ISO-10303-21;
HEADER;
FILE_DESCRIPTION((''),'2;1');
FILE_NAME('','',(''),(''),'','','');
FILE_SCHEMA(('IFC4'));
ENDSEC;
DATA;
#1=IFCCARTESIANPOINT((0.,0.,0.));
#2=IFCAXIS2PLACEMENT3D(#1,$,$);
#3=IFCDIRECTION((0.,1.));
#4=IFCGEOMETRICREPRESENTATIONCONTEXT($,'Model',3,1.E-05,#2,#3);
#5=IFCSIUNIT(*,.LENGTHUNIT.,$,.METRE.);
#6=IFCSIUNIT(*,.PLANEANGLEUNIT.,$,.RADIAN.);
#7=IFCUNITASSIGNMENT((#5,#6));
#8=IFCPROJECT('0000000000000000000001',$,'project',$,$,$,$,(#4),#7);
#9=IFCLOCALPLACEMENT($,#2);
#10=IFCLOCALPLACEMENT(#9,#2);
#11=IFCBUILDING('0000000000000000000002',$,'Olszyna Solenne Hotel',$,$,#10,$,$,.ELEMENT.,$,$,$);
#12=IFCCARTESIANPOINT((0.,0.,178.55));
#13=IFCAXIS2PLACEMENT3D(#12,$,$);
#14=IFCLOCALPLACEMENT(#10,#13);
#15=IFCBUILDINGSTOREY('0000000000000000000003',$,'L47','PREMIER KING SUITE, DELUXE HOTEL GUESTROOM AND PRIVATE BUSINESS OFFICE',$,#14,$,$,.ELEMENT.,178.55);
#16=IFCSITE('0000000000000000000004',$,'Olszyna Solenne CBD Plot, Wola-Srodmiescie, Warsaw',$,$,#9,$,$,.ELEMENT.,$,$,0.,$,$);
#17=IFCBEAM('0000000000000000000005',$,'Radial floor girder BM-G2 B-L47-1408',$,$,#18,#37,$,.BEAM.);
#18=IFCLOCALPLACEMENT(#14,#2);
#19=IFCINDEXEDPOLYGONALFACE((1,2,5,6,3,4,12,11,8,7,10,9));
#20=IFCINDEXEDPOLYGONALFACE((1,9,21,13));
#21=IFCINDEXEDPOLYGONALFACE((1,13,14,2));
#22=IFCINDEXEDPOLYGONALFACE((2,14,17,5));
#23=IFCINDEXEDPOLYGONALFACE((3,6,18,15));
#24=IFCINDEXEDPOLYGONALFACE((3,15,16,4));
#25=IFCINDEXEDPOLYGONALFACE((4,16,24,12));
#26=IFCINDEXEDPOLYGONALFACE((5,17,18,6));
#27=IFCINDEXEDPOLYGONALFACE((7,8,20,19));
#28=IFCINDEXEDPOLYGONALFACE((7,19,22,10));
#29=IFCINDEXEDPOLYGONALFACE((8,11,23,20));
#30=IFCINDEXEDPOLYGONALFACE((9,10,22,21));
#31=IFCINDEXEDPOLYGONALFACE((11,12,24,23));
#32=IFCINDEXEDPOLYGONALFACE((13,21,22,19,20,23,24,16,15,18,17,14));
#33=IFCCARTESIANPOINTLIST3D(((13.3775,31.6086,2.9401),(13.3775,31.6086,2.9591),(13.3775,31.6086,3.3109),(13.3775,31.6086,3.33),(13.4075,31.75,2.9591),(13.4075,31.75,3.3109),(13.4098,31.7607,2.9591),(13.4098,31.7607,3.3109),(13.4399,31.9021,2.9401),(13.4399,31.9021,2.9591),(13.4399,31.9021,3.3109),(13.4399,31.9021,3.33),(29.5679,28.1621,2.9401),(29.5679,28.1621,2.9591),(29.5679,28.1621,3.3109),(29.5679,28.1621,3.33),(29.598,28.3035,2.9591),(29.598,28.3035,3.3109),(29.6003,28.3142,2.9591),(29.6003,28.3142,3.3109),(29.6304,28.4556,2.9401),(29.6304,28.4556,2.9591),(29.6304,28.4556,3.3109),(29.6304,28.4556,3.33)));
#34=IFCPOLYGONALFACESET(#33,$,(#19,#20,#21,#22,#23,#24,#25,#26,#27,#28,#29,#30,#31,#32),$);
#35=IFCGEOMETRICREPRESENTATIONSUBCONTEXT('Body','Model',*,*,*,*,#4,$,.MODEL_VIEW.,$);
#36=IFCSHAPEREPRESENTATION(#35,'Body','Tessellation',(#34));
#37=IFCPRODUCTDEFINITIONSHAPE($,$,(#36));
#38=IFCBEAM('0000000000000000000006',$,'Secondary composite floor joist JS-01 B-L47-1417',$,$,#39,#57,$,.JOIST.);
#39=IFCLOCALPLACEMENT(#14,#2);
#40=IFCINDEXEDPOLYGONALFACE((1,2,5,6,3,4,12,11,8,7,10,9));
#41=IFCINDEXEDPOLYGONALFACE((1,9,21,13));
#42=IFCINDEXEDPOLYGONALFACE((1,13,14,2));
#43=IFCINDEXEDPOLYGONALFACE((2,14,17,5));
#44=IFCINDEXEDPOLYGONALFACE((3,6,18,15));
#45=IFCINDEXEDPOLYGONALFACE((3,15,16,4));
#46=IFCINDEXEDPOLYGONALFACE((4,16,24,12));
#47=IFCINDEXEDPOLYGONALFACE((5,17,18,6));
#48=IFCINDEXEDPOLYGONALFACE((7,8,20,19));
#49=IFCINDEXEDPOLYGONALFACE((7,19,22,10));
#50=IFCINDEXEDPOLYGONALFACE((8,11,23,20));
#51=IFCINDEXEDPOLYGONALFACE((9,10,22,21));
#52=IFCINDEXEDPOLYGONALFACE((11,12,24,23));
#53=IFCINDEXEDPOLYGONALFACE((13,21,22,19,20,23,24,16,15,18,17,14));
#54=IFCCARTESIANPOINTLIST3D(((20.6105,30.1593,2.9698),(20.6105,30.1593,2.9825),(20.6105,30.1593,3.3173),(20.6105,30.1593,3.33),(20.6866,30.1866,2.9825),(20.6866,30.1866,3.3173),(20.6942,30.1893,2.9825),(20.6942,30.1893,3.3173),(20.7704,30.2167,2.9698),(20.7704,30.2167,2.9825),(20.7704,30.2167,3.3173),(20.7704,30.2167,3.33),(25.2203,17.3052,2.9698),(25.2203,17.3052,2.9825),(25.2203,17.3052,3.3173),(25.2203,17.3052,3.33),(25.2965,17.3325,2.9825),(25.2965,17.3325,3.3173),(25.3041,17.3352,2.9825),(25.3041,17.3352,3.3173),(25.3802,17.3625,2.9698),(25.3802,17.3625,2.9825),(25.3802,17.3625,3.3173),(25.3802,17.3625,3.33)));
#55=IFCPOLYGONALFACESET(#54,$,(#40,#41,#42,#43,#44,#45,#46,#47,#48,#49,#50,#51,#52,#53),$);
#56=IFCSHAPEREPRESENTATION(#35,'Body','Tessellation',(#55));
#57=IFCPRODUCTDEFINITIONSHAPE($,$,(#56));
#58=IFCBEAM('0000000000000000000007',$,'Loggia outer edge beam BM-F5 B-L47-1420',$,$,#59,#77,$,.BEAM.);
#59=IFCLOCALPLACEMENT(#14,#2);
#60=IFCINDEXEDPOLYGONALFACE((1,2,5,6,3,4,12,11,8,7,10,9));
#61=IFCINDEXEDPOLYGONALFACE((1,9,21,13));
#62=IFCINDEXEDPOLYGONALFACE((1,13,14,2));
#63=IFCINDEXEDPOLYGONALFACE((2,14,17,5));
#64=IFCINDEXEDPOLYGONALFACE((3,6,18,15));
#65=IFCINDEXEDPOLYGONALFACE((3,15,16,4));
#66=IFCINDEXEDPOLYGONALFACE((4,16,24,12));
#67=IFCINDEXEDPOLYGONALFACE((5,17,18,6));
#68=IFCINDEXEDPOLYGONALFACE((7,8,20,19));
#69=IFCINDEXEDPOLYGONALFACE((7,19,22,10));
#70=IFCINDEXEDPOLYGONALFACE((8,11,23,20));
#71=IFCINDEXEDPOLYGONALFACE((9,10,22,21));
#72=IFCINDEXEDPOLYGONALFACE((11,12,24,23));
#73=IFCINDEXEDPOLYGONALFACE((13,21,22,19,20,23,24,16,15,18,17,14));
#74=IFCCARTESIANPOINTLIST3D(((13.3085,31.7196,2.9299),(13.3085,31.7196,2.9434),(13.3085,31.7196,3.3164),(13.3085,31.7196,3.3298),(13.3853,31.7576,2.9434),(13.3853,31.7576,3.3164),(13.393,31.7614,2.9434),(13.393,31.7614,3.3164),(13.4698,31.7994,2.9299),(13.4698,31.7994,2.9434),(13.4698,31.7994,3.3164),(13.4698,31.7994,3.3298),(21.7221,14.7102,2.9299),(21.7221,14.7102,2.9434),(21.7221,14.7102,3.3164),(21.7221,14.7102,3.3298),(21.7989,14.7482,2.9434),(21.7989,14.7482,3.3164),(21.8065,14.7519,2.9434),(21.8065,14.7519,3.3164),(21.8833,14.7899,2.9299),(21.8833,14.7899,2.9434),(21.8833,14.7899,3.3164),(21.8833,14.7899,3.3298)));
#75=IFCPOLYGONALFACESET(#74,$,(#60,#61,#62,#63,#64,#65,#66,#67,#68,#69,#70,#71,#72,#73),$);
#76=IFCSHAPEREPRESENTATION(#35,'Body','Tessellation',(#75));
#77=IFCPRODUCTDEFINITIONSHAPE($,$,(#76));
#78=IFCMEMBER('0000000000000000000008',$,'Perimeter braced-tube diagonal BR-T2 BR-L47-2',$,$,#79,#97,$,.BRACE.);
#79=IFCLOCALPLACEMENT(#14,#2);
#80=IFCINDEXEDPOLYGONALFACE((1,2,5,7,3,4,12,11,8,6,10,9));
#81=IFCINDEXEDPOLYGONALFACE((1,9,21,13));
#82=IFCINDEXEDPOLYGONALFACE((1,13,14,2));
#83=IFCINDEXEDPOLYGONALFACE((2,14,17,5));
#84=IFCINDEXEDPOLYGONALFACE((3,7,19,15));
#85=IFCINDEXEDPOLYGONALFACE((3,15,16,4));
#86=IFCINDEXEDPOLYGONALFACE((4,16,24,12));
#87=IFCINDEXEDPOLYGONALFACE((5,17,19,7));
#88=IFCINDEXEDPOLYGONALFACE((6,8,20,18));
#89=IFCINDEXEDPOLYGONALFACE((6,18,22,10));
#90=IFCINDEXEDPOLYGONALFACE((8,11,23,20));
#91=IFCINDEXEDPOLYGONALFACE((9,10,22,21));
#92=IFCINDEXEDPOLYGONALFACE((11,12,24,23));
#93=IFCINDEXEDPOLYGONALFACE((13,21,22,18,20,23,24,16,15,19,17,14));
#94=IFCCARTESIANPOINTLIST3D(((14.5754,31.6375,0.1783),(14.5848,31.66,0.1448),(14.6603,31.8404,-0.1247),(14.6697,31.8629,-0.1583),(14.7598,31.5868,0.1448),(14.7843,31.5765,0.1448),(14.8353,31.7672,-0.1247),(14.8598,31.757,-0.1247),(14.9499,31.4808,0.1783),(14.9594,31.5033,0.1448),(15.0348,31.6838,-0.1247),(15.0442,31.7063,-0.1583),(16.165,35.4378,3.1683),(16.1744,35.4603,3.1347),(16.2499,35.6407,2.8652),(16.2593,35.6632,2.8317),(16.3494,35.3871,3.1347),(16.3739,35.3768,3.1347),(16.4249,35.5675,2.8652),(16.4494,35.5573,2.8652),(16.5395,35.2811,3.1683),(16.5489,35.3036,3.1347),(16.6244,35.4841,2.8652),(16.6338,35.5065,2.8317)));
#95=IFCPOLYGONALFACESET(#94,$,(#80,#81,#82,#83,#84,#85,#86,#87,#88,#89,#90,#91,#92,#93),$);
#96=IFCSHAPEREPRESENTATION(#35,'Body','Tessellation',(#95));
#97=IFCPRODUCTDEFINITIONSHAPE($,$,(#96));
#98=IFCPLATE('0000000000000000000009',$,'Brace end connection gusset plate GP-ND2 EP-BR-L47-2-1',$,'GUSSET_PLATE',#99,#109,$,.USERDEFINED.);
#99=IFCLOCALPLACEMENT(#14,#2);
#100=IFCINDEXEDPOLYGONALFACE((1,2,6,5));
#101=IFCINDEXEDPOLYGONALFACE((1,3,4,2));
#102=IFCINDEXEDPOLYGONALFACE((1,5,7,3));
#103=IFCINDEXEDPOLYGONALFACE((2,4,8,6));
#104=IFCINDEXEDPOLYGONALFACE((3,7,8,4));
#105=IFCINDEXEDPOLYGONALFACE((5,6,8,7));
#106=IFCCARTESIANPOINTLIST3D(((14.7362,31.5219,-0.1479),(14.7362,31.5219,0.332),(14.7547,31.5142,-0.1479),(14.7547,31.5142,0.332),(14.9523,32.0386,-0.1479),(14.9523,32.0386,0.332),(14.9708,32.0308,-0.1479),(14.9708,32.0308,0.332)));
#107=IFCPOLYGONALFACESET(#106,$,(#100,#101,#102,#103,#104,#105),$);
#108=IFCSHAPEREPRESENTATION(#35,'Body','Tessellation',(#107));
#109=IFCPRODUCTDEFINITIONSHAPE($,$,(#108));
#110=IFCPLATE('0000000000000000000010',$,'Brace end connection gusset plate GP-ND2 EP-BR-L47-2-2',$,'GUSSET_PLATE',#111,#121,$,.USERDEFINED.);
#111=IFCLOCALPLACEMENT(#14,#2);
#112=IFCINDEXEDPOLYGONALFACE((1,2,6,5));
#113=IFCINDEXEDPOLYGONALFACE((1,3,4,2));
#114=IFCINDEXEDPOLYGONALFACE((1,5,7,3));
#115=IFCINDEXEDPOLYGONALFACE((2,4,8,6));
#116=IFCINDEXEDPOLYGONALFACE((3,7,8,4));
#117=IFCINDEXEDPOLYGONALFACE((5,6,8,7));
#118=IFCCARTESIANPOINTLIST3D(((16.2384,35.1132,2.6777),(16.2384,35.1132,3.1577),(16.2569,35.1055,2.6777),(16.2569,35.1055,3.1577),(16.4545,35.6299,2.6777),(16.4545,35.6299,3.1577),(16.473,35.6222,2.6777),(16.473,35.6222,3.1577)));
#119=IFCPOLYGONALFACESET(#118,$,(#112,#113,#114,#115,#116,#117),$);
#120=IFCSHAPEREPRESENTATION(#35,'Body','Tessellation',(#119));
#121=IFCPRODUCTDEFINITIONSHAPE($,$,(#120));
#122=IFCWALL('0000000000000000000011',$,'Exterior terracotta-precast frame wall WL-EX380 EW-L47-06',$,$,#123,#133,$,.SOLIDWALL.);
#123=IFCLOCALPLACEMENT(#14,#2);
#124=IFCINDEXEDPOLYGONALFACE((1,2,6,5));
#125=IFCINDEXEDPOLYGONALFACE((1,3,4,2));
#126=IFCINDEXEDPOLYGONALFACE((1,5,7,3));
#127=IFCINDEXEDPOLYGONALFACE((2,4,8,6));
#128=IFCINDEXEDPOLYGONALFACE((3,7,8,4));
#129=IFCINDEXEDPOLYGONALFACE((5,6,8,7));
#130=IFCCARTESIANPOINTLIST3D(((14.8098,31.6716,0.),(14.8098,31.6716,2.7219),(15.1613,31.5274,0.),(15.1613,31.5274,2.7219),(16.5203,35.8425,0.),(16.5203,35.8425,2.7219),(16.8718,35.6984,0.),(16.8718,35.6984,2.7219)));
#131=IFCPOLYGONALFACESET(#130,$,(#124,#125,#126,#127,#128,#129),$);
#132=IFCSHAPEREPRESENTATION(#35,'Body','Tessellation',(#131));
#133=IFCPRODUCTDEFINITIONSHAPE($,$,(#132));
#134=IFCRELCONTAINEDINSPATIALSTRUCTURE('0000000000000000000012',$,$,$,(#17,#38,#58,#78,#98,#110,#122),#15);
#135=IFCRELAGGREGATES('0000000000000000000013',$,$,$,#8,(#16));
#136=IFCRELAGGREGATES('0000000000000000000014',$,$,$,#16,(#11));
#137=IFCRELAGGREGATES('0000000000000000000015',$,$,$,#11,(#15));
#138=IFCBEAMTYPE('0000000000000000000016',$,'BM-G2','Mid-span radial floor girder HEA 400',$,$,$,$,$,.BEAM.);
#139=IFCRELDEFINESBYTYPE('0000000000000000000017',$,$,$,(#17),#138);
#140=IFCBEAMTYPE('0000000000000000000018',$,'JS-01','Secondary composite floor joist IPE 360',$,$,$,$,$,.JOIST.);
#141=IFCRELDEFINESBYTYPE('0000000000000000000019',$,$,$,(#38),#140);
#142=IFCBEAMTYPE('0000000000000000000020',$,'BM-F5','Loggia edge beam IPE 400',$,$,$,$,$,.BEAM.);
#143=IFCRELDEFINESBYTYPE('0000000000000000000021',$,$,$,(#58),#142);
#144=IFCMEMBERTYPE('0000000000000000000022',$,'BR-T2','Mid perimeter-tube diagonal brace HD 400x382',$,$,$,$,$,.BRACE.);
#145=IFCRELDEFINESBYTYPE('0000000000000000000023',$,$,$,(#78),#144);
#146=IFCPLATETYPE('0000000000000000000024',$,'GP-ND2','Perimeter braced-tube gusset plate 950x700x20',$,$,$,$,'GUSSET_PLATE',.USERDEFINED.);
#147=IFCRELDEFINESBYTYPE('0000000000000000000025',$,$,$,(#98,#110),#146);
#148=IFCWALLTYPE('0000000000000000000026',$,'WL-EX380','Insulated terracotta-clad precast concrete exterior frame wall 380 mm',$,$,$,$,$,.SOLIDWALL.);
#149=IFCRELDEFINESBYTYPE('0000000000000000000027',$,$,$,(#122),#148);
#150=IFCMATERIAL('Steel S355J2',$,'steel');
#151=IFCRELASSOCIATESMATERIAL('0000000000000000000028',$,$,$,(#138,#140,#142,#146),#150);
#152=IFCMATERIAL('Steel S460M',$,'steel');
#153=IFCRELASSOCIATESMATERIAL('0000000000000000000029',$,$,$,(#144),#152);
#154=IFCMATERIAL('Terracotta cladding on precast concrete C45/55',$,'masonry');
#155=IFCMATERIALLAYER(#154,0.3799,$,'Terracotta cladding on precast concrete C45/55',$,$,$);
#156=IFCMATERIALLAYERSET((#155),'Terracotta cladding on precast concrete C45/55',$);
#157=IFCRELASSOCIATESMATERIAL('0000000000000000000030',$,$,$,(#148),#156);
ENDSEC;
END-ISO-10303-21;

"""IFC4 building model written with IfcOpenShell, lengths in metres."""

from ifc_helpers import new_model, si_unit, direction, frame, frame_2d, origin, origin_2d, place, context, subcontext, project, spatial, rectangle, i_section, extrude, source, transform, mapped, material, layer, layer_set, material_profile, profile_set, type_object, element, save


model = new_model("IFC4")

# Units and contexts
model_context = context("Model", 3, precision=1e-05, world=origin(), true_north=direction((0.0, 1.0)))
body_context = subcontext(model_context, "Body", "Model", "MODEL_VIEW")
ifc_project = project(units=[si_unit("LENGTHUNIT", "METRE"), si_unit("PLANEANGLEUNIT", "RADIAN")], contexts=[model_context])

# Site, building, storey
site_placement = place(None, origin())
site = spatial("IfcSite", under=ifc_project, at=site_placement, Name="Olszyna Solenne CBD Plot, Wola-Srodmiescie, Warsaw", CompositionType="ELEMENT", RefElevation=0.0)
building_placement = place(site_placement, origin())
building = spatial("IfcBuilding", under=site, at=building_placement, Name="Olszyna Solenne Hotel", CompositionType="ELEMENT")
storey_placement = place(building_placement, frame((0.0, 0.0, 178.55)))
storey = spatial("IfcBuildingStorey", under=building, at=storey_placement, Name="L47", Description="PREMIER KING SUITE, DELUXE HOTEL GUESTROOM AND PRIVATE BUSINESS OFFICE", CompositionType="ELEMENT", Elevation=178.55)

# Shared definitions
ifc_material_1 = material(Name="Steel S460M", Category="steel")

# Beams
ifc_material_2 = material(Name="Steel S355J2", Category="steel")
ifc_material_profile_1 = material_profile(ifc_material_2, i_section(OverallWidth=0.3, OverallDepth=0.3899, WebThickness=0.011, FlangeThickness=0.019, at=origin_2d()), Name="HEA 400", Category="load-bearing")
ifc_profile_set_1 = profile_set([ifc_material_profile_1], Name="Steel S355J2")
beam_type_1 = type_object("IfcBeamType", Name="BM-G2", Description="Mid-span radial floor girder HEA 400", PredefinedType="BEAM", material=ifc_profile_set_1)
shared_shape_1 = source(origin(), body_context, "Body", "SweptSolid", [
    extrude(i_section(OverallWidth=0.3, OverallDepth=0.3899, WebThickness=0.011, FlangeThickness=0.019, at=origin_2d()), origin(), (0.0, 0.0, 1.0), 16.5532),
])
beam_1_placement = place(storey_placement, frame((13.4087, 31.7554, 3.135), z_axis=(0.978084, -0.208209, 0.0), x_axis=(0.208209, 0.978084, 0.0)))
element("IfcBeam", 1, at=beam_1_placement, inside=storey, type_object=beam_type_1, Name="Radial floor girder BM-G2 B-L47-1408", PredefinedType="BEAM", context=body_context, shape_type="MappedRepresentation", body=[
    mapped(shared_shape_1, transform((0.0, 0.0, 0.0), x_axis=(1.0, 0.0, 0.0), y_axis=(0.0, 1.0, 0.0), z_axis=(0.0, 0.0, 1.0), scale=1.0)),
])
ifc_material_profile_2 = material_profile(ifc_material_2, i_section(OverallWidth=0.1699, OverallDepth=0.3601, WebThickness=0.0081, FlangeThickness=0.0127, at=origin_2d()), Name="IPE 360", Category="load-bearing")
ifc_profile_set_2 = profile_set([ifc_material_profile_2], Name="Steel S355J2")
beam_type_2 = type_object("IfcBeamType", Name="JS-01", Description="Secondary composite floor joist IPE 360", PredefinedType="JOIST", material=ifc_profile_set_2)
shared_shape_2 = source(origin(), body_context, "Body", "SweptSolid", [
    extrude(i_section(OverallWidth=0.1699, OverallDepth=0.3601, WebThickness=0.0081, FlangeThickness=0.0127, at=origin_2d()), origin(), (0.0, 0.0, 1.0), 13.6558),
])
beam_2_placement = place(storey_placement, frame((20.6904, 30.188, 3.1499), z_axis=(0.337574, -0.941299, 0.0), x_axis=(0.941299, 0.337574, 0.0)))
element("IfcBeam", 2, at=beam_2_placement, inside=storey, type_object=beam_type_2, Name="Secondary composite floor joist JS-01 B-L47-1417", PredefinedType="JOIST", context=body_context, shape_type="MappedRepresentation", body=[
    mapped(shared_shape_2, transform((0.0, 0.0, 0.0), x_axis=(1.0, 0.0, 0.0), y_axis=(0.0, 1.0, 0.0), z_axis=(0.0, 0.0, 1.0), scale=1.0)),
])
ifc_material_profile_3 = material_profile(ifc_material_2, i_section(OverallWidth=0.1799, OverallDepth=0.3999, WebThickness=0.0085, FlangeThickness=0.0134, at=origin_2d()), Name="IPE 400", Category="load-bearing")
ifc_profile_set_3 = profile_set([ifc_material_profile_3], Name="Steel S355J2")
beam_type_3 = type_object("IfcBeamType", Name="BM-F5", Description="Loggia edge beam IPE 400", PredefinedType="BEAM", material=ifc_profile_set_3)
shared_shape_3 = source(origin(), body_context, "Body", "SweptSolid", [
    extrude(i_section(OverallWidth=0.1799, OverallDepth=0.3999, WebThickness=0.0085, FlangeThickness=0.0134, at=origin_2d()), origin(), (0.0, 0.0, 1.0), 18.9766),
])
beam_3_placement = place(storey_placement, frame((13.3892, 31.7595, 3.1299), z_axis=(0.443365, -0.896341, 0.0), x_axis=(0.896341, 0.443365, 0.0)))
element("IfcBeam", 3, at=beam_3_placement, inside=storey, type_object=beam_type_3, Name="Loggia outer edge beam BM-F5 B-L47-1420", PredefinedType="BEAM", context=body_context, shape_type="MappedRepresentation", body=[
    mapped(shared_shape_3, transform((0.0, 0.0, 0.0), x_axis=(1.0, 0.0, 0.0), y_axis=(0.0, 1.0, 0.0), z_axis=(0.0, 0.0, 1.0), scale=1.0)),
])

# Member
ifc_material_profile_4 = material_profile(ifc_material_1, i_section(OverallWidth=0.406, OverallDepth=0.416, WebThickness=0.0266, FlangeThickness=0.0415, at=origin_2d()), Name="HD 400x382", Category="load-bearing")
ifc_profile_set_4 = profile_set([ifc_material_profile_4], Name="Steel S460M")
member_type = type_object("IfcMemberType", Name="BR-T2", Description="Mid perimeter-tube diagonal brace HD 400x382", PredefinedType="BRACE", material=ifc_profile_set_4)
shared_shape_4 = source(origin(), body_context, "Body", "SweptSolid", [
    extrude(i_section(OverallWidth=0.406, OverallDepth=0.416, WebThickness=0.0266, FlangeThickness=0.0415, at=origin_2d()), origin(), (0.0, 0.0, 1.0), 5.0901),
])
member_placement = place(storey_placement, frame((14.8098, 31.6719, 0.01), z_axis=(0.312293, 0.746605, 0.587413), x_axis=(-0.922547, 0.385886, 0.0)))
element("IfcMember", 4, at=member_placement, inside=storey, type_object=member_type, Name="Perimeter braced-tube diagonal BR-T2 BR-L47-2", PredefinedType="BRACE", context=body_context, shape_type="MappedRepresentation", body=[
    mapped(shared_shape_4, transform((0.0, 0.0, 0.0), x_axis=(1.0, 0.0, 0.0), y_axis=(0.0, 1.0, 0.0), z_axis=(0.0, 0.0, 1.0), scale=1.0)),
])

# Plates
plate_type = type_object("IfcPlateType", Name="GP-ND2", Description="Perimeter braced-tube gusset plate 950x700x20", ElementType="GUSSET_PLATE", PredefinedType="USERDEFINED", material=ifc_material_2)
shared_shape_5 = source(origin(), body_context, "Body", "SweptSolid", [
    extrude(rectangle(XDim=0.5601, YDim=0.02, at=origin_2d()), origin(), (0.0, 0.0, 1.0), 0.48),
])
for number, where, z_axis, x_axis, name in (
    (5, (14.8535, 31.7764, -0.1479), (0.0, 0.0, 1.0), (0.385906, 0.922538, 0.0), "Brace end connection gusset plate GP-ND2 EP-BR-L47-2-1"),
    (6, (16.3557, 35.3677, 2.6777), (0.0, 0.0, 1.0), (0.385906, 0.922538, 0.0), "Brace end connection gusset plate GP-ND2 EP-BR-L47-2-2"),
):
    element("IfcPlate", number, at=place(storey_placement, frame(where, z_axis=z_axis, x_axis=x_axis)), inside=storey, type_object=plate_type, Name=name, ObjectType="GUSSET_PLATE", PredefinedType="USERDEFINED", context=body_context, shape_type="MappedRepresentation", body=[
        mapped(shared_shape_5, transform((0.0, 0.0, 0.0), x_axis=(1.0, 0.0, 0.0), y_axis=(0.0, 1.0, 0.0), z_axis=(0.0, 0.0, 1.0), scale=1.0)),
    ])

# Wall
ifc_material_3 = material(Name="Terracotta cladding on precast concrete C45/55", Category="masonry")
ifc_layer_1 = layer(ifc_material_3, 0.3799, Name="Terracotta cladding on precast concrete C45/55")
ifc_layer_set_1 = layer_set([ifc_layer_1], Name="Terracotta cladding on precast concrete C45/55")
wall_type_1 = type_object("IfcWallType", Name="WL-EX380", Description="Insulated terracotta-clad precast concrete exterior frame wall 380 mm", PredefinedType="SOLIDWALL", material=ifc_layer_set_1)
wall_1_placement = place(storey_placement, frame((14.9856, 31.5996, 0.0), z_axis=(0.0, 0.0, 1.0), x_axis=(0.379426, 0.925222, 0.0)))
element("IfcWall", 7, at=wall_1_placement, inside=storey, type_object=wall_type_1, Name="Exterior terracotta-precast frame wall WL-EX380 EW-L47-06", PredefinedType="SOLIDWALL", context=body_context, shape_type="SweptSolid", body=[
    extrude(rectangle(XDim=4.5081, YDim=0.3799, at=frame_2d((2.2539, 0.0))), origin(), (0.0, 0.0, 1.0), 2.7219),
])

save(model, "model.ifc")
